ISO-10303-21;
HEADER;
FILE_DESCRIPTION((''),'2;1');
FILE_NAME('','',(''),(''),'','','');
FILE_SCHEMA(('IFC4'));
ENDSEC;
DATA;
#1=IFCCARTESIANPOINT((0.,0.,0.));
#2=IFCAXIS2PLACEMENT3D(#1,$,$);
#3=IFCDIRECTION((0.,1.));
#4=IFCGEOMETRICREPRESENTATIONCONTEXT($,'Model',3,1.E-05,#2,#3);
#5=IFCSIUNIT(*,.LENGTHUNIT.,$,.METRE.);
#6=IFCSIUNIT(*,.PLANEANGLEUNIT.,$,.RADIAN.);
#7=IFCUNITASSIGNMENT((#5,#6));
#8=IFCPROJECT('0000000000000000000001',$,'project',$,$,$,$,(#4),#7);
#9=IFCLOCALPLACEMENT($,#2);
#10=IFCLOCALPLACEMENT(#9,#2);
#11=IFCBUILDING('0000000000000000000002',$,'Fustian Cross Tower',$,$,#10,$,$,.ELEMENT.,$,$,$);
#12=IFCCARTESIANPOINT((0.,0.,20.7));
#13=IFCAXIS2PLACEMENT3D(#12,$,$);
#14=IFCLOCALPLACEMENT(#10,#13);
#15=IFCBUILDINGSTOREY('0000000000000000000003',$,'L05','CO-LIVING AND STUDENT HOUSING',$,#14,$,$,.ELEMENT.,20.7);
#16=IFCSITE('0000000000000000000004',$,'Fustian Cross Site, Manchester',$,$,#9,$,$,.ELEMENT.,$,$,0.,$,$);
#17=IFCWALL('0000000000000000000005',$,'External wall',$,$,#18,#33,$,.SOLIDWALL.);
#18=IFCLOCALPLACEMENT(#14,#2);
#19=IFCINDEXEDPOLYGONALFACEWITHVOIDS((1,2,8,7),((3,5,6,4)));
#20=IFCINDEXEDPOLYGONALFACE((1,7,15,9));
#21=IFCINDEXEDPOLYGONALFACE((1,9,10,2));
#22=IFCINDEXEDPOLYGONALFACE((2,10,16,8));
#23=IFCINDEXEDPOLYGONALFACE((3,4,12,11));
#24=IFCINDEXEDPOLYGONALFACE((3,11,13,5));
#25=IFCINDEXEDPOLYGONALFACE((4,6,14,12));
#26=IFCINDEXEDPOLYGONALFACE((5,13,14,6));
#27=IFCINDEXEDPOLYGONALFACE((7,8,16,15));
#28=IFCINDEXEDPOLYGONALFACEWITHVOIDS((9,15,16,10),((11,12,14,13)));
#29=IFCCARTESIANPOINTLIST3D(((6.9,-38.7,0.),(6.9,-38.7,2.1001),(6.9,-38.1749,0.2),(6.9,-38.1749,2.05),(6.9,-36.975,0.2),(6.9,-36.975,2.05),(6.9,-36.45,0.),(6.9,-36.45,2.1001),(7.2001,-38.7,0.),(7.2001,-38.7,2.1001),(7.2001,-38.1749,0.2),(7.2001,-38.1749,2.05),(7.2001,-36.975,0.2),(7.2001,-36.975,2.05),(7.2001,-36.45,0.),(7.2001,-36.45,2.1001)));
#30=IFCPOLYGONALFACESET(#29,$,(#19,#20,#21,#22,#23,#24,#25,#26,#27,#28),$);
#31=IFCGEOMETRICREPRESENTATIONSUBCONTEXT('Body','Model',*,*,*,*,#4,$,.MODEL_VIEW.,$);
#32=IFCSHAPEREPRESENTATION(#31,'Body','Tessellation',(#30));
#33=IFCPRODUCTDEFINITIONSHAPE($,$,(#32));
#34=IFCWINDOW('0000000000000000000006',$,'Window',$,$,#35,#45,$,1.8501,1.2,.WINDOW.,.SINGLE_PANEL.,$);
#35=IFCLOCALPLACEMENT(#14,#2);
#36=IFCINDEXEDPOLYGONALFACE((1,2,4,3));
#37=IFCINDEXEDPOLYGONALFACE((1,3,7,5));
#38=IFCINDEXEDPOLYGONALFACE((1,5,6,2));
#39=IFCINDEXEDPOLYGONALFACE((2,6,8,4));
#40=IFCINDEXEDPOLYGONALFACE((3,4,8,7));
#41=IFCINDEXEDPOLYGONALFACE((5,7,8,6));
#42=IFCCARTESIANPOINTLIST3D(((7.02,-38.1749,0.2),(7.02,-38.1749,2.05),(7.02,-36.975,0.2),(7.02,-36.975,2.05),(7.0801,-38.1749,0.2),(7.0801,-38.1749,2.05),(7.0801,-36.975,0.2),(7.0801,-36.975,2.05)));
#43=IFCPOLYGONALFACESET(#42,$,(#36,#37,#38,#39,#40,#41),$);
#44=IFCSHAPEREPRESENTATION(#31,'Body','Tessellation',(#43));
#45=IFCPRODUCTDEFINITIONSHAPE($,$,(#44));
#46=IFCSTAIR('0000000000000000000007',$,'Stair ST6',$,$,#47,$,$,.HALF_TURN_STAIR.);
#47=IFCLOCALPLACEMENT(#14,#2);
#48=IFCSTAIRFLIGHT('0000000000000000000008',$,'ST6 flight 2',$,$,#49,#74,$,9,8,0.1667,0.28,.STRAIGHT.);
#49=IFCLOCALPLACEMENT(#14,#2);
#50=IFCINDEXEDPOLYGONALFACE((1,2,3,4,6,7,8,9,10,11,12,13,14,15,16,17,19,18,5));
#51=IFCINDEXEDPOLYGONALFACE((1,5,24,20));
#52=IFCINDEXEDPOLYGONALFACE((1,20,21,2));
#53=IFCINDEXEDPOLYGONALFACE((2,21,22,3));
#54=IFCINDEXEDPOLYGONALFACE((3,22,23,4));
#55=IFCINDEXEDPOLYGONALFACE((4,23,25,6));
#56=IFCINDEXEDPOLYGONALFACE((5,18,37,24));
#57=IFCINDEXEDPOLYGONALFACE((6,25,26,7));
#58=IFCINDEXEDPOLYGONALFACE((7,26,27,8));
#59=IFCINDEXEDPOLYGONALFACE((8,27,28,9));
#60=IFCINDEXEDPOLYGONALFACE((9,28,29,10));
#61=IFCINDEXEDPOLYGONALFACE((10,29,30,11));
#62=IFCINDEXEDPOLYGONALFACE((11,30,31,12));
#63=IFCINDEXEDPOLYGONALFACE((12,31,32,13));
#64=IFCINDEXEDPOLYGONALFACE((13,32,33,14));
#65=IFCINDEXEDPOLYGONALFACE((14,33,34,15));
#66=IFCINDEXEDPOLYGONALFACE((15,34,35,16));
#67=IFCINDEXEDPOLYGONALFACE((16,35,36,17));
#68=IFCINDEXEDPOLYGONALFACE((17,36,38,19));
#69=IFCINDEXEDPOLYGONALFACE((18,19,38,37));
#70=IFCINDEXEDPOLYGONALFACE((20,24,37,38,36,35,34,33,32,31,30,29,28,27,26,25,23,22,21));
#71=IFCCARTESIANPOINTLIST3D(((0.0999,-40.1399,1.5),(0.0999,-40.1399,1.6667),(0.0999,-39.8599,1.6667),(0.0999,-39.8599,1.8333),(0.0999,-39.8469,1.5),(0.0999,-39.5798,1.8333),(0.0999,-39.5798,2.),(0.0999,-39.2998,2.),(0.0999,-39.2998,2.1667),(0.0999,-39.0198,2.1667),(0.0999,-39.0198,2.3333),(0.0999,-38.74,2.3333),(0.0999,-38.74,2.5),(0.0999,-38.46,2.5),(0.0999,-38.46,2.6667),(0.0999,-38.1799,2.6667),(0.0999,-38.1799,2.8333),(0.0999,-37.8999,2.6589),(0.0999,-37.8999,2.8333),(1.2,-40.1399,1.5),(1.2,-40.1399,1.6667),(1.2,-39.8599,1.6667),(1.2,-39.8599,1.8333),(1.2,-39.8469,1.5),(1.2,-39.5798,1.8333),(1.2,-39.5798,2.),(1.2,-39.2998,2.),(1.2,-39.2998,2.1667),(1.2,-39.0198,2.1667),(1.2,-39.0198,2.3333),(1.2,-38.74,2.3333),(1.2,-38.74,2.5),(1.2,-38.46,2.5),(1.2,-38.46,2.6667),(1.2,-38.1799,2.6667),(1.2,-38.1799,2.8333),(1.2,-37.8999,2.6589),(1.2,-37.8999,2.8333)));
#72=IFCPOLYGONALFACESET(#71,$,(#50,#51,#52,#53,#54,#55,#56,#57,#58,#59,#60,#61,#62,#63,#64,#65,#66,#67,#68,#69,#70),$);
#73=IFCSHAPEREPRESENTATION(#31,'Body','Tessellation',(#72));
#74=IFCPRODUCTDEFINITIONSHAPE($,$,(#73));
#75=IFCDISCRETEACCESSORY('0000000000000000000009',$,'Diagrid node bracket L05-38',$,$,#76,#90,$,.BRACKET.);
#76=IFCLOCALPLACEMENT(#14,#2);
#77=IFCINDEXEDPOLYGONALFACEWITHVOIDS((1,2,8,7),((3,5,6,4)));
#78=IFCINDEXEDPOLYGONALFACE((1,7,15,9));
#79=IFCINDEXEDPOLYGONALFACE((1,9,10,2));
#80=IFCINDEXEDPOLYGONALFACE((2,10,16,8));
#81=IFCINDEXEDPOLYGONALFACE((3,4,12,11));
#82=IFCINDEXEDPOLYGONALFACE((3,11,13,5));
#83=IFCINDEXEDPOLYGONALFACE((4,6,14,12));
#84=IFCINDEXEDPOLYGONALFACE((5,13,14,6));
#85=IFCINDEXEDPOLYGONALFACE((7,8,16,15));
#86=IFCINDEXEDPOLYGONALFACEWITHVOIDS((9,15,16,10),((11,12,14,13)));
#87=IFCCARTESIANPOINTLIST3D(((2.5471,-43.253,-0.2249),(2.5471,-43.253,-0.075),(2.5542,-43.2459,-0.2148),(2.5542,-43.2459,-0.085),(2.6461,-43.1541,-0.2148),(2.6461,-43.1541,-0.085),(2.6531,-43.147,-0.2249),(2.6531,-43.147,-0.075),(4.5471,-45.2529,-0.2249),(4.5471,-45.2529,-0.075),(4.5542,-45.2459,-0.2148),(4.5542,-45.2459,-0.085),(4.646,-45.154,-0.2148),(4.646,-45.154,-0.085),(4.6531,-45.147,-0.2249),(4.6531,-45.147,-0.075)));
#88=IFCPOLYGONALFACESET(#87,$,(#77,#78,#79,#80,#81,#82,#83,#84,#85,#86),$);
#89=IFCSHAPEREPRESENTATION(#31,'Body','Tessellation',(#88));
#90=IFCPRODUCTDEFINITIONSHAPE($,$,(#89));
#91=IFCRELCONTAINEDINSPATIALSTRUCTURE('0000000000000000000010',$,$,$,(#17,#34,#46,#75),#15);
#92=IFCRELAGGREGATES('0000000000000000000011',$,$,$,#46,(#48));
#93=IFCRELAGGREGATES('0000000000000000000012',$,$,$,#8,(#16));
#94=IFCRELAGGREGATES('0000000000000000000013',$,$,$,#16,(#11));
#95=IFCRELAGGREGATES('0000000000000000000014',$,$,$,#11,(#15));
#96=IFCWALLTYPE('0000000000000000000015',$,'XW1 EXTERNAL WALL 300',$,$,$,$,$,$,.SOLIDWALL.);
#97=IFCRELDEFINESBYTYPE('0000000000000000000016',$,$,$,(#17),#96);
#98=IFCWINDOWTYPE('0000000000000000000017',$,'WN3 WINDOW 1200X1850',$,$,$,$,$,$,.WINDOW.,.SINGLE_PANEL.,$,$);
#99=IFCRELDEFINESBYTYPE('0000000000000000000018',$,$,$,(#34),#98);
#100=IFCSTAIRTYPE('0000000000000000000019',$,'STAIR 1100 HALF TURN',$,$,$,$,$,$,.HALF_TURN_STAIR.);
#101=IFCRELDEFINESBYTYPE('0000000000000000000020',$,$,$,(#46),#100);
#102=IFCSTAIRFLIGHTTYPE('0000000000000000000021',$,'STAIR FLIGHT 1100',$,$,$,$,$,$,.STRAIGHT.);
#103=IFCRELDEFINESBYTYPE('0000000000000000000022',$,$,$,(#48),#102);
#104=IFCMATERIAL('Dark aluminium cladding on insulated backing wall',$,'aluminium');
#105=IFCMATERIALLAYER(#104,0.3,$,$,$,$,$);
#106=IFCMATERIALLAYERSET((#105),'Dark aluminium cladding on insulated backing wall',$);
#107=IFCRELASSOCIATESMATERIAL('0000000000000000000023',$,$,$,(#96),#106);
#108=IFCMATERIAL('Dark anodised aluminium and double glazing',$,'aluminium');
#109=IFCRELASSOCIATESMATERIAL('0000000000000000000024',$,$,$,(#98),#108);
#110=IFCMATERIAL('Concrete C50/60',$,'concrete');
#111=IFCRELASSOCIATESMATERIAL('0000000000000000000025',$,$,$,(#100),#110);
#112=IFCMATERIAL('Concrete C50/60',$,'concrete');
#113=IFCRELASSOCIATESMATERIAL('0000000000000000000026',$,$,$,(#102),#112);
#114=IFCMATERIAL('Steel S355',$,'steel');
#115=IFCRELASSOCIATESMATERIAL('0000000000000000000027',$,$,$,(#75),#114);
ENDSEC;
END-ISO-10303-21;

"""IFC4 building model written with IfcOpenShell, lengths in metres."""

from ifc_helpers import new_model, si_unit, direction, frame, frame_2d, origin, origin_2d, place, context, subcontext, project, spatial, polyline, rectangle, hollow_rectangle, outline, extrude, material, layer, layer_set, type_object, element, fill, aggregate, save


model = new_model("IFC4")

# Units and contexts
model_context = context("Model", 3, precision=1e-05, world=origin(), true_north=direction((0.0, 1.0)))
body_context = subcontext(model_context, "Body", "Model", "MODEL_VIEW")
ifc_project = project(units=[si_unit("LENGTHUNIT", "METRE"), si_unit("PLANEANGLEUNIT", "RADIAN")], contexts=[model_context])

# Site, building, storey
site_placement = place(None, origin())
site = spatial("IfcSite", under=ifc_project, at=site_placement, Name="Fustian Cross Site, Manchester", CompositionType="ELEMENT", RefElevation=0.0)
building_placement = place(site_placement, origin())
building = spatial("IfcBuilding", under=site, at=building_placement, Name="Fustian Cross Tower", CompositionType="ELEMENT")
storey_placement = place(building_placement, frame((0.0, 0.0, 20.7)))
storey = spatial("IfcBuildingStorey", under=building, at=storey_placement, Name="L05", Description="CO-LIVING AND STUDENT HOUSING", CompositionType="ELEMENT", Elevation=20.7)

# Shared definitions
ifc_material_1 = material(Name="Dark aluminium cladding on insulated backing wall", Category="aluminium")
ifc_layer_1 = layer(ifc_material_1, 0.3)
ifc_layer_set_1 = layer_set([ifc_layer_1], Name="Dark aluminium cladding on insulated backing wall")
wall_type_1 = type_object("IfcWallType", Name="XW1 EXTERNAL WALL 300", PredefinedType="SOLIDWALL", material=ifc_layer_set_1)

# Shared definitions
ifc_material_2 = material(Name="Dark anodised aluminium and double glazing", Category="aluminium")
window_type = type_object("IfcWindowType", Name="WN3 WINDOW 1200X1850", PartitioningType="SINGLE_PANEL", PredefinedType="WINDOW", material=ifc_material_2)

# Wall, opening, window
wall_1_placement = place(storey_placement, frame((7.05, -38.7, 0.0), z_axis=(0.0, 0.0, 1.0), x_axis=(0.0, 1.0, 0.0)))
wall_1 = element("IfcWall", 1, at=wall_1_placement, inside=storey, type_object=wall_type_1, Name="External wall", PredefinedType="SOLIDWALL", context=body_context, shape_type="SweptSolid", body=[
    extrude(rectangle(XDim=2.25, YDim=0.3, at=frame_2d((1.125, 0.0))), origin(), (0.0, 0.0, 1.0), 2.1001),
])
opening_1_placement = place(wall_1_placement, frame((0.5249, 0.0, 0.2)))
opening_1 = element("IfcOpeningElement", 2, at=opening_1_placement, cuts=wall_1, PredefinedType="OPENING", context=body_context, shape_type="SweptSolid", body=[
    extrude(rectangle(XDim=1.2, YDim=1.8501, at=frame_2d((0.6001, 0.925))), frame((0.0, 0.1599, 0.0), z_axis=(0.0, -1.0, 0.0), x_axis=(1.0, 0.0, 0.0)), (0.0, 0.0, 1.0), 0.3201),
])
window_1_placement = place(opening_1_placement, origin())
window_1 = element("IfcWindow", 3, at=window_1_placement, inside=storey, type_object=window_type, Name="Window", OverallHeight=1.8501, OverallWidth=1.2, PartitioningType="SINGLE_PANEL", PredefinedType="WINDOW", context=body_context, shape_type="SweptSolid", body=[
    extrude(rectangle(XDim=1.2, YDim=1.8501, at=frame_2d((0.6001, 0.925))), frame((0.0, 0.03, 0.0), z_axis=(0.0, -1.0, 0.0), x_axis=(1.0, 0.0, 0.0)), (0.0, 0.0, 1.0), 0.0601),
])
fill(opening_1, window_1)

# Stair, stair flight
ifc_material_3 = material(Name="Concrete C50/60", Category="concrete")
stair_type = type_object("IfcStairType", Name="STAIR 1100 HALF TURN", PredefinedType="HALF_TURN_STAIR", material=ifc_material_3)
stair_placement = place(storey_placement, origin())
stair = element("IfcStair", 4, at=stair_placement, inside=storey, type_object=stair_type, Name="Stair ST6", PredefinedType="HALF_TURN_STAIR")
ifc_material_4 = material(Name="Concrete C50/60", Category="concrete")
stair_flight_type = type_object("IfcStairFlightType", Name="STAIR FLIGHT 1100", PredefinedType="STRAIGHT", material=ifc_material_4)
stair_flight_placement = place(storey_placement, frame((0.6499, -40.1399, 1.5), z_axis=(0.0, 0.0, 1.0), x_axis=(0.0, 1.0, 0.0)))
stair_flight = element("IfcStairFlight", 5, at=stair_flight_placement, type_object=stair_flight_type, Name="ST6 flight 2", NumberOfRisers=9, NumberOfTreads=8, PredefinedType="STRAIGHT", RiserHeight=0.1667, TreadLength=0.28, context=body_context, shape_type="SweptSolid", body=[
    extrude(outline(polyline([(0.0, 0.0), (0.0, 0.1667), (0.28, 0.1667), (0.28, 0.3333), (0.5601, 0.3333), (0.5601, 0.5), (0.8401, 0.5), (0.8401, 0.6667), (1.1201, 0.6667), (1.1201, 0.8333), (1.3999, 0.8333), (1.3999, 1.0), (1.6799, 1.0), (1.6799, 1.1667), (1.96, 1.1667), (1.96, 1.3333), (2.24, 1.3333), (2.24, 1.5), (2.24, 1.1589), (0.293, 0.0), (0.0, 0.0)])), frame((0.0, 0.55, 0.0), z_axis=(0.0, -1.0, 0.0), x_axis=(1.0, 0.0, 0.0)), (0.0, 0.0, 1.0), 1.1001),
])
aggregate(stair, [stair_flight])

# Discrete accessory
ifc_material_5 = material(Name="Steel S355", Category="steel")
discrete_accessory_placement = place(storey_placement, frame((4.6001, -45.2, -0.1499), z_axis=(-0.707107, 0.707107, 0.0), x_axis=(-0.707107, -0.707107, 0.0)))
element("IfcDiscreteAccessory", 6, at=discrete_accessory_placement, inside=storey, material=ifc_material_5, Name="Diagrid node bracket L05-38", PredefinedType="BRACKET", context=body_context, shape_type="SweptSolid", body=[
    extrude(hollow_rectangle(XDim=0.1499, YDim=0.1499, WallThickness=0.01, at=origin_2d()), origin(), (0.0, 0.0, 1.0), 2.8284),
])

save(model, "model.ifc")
